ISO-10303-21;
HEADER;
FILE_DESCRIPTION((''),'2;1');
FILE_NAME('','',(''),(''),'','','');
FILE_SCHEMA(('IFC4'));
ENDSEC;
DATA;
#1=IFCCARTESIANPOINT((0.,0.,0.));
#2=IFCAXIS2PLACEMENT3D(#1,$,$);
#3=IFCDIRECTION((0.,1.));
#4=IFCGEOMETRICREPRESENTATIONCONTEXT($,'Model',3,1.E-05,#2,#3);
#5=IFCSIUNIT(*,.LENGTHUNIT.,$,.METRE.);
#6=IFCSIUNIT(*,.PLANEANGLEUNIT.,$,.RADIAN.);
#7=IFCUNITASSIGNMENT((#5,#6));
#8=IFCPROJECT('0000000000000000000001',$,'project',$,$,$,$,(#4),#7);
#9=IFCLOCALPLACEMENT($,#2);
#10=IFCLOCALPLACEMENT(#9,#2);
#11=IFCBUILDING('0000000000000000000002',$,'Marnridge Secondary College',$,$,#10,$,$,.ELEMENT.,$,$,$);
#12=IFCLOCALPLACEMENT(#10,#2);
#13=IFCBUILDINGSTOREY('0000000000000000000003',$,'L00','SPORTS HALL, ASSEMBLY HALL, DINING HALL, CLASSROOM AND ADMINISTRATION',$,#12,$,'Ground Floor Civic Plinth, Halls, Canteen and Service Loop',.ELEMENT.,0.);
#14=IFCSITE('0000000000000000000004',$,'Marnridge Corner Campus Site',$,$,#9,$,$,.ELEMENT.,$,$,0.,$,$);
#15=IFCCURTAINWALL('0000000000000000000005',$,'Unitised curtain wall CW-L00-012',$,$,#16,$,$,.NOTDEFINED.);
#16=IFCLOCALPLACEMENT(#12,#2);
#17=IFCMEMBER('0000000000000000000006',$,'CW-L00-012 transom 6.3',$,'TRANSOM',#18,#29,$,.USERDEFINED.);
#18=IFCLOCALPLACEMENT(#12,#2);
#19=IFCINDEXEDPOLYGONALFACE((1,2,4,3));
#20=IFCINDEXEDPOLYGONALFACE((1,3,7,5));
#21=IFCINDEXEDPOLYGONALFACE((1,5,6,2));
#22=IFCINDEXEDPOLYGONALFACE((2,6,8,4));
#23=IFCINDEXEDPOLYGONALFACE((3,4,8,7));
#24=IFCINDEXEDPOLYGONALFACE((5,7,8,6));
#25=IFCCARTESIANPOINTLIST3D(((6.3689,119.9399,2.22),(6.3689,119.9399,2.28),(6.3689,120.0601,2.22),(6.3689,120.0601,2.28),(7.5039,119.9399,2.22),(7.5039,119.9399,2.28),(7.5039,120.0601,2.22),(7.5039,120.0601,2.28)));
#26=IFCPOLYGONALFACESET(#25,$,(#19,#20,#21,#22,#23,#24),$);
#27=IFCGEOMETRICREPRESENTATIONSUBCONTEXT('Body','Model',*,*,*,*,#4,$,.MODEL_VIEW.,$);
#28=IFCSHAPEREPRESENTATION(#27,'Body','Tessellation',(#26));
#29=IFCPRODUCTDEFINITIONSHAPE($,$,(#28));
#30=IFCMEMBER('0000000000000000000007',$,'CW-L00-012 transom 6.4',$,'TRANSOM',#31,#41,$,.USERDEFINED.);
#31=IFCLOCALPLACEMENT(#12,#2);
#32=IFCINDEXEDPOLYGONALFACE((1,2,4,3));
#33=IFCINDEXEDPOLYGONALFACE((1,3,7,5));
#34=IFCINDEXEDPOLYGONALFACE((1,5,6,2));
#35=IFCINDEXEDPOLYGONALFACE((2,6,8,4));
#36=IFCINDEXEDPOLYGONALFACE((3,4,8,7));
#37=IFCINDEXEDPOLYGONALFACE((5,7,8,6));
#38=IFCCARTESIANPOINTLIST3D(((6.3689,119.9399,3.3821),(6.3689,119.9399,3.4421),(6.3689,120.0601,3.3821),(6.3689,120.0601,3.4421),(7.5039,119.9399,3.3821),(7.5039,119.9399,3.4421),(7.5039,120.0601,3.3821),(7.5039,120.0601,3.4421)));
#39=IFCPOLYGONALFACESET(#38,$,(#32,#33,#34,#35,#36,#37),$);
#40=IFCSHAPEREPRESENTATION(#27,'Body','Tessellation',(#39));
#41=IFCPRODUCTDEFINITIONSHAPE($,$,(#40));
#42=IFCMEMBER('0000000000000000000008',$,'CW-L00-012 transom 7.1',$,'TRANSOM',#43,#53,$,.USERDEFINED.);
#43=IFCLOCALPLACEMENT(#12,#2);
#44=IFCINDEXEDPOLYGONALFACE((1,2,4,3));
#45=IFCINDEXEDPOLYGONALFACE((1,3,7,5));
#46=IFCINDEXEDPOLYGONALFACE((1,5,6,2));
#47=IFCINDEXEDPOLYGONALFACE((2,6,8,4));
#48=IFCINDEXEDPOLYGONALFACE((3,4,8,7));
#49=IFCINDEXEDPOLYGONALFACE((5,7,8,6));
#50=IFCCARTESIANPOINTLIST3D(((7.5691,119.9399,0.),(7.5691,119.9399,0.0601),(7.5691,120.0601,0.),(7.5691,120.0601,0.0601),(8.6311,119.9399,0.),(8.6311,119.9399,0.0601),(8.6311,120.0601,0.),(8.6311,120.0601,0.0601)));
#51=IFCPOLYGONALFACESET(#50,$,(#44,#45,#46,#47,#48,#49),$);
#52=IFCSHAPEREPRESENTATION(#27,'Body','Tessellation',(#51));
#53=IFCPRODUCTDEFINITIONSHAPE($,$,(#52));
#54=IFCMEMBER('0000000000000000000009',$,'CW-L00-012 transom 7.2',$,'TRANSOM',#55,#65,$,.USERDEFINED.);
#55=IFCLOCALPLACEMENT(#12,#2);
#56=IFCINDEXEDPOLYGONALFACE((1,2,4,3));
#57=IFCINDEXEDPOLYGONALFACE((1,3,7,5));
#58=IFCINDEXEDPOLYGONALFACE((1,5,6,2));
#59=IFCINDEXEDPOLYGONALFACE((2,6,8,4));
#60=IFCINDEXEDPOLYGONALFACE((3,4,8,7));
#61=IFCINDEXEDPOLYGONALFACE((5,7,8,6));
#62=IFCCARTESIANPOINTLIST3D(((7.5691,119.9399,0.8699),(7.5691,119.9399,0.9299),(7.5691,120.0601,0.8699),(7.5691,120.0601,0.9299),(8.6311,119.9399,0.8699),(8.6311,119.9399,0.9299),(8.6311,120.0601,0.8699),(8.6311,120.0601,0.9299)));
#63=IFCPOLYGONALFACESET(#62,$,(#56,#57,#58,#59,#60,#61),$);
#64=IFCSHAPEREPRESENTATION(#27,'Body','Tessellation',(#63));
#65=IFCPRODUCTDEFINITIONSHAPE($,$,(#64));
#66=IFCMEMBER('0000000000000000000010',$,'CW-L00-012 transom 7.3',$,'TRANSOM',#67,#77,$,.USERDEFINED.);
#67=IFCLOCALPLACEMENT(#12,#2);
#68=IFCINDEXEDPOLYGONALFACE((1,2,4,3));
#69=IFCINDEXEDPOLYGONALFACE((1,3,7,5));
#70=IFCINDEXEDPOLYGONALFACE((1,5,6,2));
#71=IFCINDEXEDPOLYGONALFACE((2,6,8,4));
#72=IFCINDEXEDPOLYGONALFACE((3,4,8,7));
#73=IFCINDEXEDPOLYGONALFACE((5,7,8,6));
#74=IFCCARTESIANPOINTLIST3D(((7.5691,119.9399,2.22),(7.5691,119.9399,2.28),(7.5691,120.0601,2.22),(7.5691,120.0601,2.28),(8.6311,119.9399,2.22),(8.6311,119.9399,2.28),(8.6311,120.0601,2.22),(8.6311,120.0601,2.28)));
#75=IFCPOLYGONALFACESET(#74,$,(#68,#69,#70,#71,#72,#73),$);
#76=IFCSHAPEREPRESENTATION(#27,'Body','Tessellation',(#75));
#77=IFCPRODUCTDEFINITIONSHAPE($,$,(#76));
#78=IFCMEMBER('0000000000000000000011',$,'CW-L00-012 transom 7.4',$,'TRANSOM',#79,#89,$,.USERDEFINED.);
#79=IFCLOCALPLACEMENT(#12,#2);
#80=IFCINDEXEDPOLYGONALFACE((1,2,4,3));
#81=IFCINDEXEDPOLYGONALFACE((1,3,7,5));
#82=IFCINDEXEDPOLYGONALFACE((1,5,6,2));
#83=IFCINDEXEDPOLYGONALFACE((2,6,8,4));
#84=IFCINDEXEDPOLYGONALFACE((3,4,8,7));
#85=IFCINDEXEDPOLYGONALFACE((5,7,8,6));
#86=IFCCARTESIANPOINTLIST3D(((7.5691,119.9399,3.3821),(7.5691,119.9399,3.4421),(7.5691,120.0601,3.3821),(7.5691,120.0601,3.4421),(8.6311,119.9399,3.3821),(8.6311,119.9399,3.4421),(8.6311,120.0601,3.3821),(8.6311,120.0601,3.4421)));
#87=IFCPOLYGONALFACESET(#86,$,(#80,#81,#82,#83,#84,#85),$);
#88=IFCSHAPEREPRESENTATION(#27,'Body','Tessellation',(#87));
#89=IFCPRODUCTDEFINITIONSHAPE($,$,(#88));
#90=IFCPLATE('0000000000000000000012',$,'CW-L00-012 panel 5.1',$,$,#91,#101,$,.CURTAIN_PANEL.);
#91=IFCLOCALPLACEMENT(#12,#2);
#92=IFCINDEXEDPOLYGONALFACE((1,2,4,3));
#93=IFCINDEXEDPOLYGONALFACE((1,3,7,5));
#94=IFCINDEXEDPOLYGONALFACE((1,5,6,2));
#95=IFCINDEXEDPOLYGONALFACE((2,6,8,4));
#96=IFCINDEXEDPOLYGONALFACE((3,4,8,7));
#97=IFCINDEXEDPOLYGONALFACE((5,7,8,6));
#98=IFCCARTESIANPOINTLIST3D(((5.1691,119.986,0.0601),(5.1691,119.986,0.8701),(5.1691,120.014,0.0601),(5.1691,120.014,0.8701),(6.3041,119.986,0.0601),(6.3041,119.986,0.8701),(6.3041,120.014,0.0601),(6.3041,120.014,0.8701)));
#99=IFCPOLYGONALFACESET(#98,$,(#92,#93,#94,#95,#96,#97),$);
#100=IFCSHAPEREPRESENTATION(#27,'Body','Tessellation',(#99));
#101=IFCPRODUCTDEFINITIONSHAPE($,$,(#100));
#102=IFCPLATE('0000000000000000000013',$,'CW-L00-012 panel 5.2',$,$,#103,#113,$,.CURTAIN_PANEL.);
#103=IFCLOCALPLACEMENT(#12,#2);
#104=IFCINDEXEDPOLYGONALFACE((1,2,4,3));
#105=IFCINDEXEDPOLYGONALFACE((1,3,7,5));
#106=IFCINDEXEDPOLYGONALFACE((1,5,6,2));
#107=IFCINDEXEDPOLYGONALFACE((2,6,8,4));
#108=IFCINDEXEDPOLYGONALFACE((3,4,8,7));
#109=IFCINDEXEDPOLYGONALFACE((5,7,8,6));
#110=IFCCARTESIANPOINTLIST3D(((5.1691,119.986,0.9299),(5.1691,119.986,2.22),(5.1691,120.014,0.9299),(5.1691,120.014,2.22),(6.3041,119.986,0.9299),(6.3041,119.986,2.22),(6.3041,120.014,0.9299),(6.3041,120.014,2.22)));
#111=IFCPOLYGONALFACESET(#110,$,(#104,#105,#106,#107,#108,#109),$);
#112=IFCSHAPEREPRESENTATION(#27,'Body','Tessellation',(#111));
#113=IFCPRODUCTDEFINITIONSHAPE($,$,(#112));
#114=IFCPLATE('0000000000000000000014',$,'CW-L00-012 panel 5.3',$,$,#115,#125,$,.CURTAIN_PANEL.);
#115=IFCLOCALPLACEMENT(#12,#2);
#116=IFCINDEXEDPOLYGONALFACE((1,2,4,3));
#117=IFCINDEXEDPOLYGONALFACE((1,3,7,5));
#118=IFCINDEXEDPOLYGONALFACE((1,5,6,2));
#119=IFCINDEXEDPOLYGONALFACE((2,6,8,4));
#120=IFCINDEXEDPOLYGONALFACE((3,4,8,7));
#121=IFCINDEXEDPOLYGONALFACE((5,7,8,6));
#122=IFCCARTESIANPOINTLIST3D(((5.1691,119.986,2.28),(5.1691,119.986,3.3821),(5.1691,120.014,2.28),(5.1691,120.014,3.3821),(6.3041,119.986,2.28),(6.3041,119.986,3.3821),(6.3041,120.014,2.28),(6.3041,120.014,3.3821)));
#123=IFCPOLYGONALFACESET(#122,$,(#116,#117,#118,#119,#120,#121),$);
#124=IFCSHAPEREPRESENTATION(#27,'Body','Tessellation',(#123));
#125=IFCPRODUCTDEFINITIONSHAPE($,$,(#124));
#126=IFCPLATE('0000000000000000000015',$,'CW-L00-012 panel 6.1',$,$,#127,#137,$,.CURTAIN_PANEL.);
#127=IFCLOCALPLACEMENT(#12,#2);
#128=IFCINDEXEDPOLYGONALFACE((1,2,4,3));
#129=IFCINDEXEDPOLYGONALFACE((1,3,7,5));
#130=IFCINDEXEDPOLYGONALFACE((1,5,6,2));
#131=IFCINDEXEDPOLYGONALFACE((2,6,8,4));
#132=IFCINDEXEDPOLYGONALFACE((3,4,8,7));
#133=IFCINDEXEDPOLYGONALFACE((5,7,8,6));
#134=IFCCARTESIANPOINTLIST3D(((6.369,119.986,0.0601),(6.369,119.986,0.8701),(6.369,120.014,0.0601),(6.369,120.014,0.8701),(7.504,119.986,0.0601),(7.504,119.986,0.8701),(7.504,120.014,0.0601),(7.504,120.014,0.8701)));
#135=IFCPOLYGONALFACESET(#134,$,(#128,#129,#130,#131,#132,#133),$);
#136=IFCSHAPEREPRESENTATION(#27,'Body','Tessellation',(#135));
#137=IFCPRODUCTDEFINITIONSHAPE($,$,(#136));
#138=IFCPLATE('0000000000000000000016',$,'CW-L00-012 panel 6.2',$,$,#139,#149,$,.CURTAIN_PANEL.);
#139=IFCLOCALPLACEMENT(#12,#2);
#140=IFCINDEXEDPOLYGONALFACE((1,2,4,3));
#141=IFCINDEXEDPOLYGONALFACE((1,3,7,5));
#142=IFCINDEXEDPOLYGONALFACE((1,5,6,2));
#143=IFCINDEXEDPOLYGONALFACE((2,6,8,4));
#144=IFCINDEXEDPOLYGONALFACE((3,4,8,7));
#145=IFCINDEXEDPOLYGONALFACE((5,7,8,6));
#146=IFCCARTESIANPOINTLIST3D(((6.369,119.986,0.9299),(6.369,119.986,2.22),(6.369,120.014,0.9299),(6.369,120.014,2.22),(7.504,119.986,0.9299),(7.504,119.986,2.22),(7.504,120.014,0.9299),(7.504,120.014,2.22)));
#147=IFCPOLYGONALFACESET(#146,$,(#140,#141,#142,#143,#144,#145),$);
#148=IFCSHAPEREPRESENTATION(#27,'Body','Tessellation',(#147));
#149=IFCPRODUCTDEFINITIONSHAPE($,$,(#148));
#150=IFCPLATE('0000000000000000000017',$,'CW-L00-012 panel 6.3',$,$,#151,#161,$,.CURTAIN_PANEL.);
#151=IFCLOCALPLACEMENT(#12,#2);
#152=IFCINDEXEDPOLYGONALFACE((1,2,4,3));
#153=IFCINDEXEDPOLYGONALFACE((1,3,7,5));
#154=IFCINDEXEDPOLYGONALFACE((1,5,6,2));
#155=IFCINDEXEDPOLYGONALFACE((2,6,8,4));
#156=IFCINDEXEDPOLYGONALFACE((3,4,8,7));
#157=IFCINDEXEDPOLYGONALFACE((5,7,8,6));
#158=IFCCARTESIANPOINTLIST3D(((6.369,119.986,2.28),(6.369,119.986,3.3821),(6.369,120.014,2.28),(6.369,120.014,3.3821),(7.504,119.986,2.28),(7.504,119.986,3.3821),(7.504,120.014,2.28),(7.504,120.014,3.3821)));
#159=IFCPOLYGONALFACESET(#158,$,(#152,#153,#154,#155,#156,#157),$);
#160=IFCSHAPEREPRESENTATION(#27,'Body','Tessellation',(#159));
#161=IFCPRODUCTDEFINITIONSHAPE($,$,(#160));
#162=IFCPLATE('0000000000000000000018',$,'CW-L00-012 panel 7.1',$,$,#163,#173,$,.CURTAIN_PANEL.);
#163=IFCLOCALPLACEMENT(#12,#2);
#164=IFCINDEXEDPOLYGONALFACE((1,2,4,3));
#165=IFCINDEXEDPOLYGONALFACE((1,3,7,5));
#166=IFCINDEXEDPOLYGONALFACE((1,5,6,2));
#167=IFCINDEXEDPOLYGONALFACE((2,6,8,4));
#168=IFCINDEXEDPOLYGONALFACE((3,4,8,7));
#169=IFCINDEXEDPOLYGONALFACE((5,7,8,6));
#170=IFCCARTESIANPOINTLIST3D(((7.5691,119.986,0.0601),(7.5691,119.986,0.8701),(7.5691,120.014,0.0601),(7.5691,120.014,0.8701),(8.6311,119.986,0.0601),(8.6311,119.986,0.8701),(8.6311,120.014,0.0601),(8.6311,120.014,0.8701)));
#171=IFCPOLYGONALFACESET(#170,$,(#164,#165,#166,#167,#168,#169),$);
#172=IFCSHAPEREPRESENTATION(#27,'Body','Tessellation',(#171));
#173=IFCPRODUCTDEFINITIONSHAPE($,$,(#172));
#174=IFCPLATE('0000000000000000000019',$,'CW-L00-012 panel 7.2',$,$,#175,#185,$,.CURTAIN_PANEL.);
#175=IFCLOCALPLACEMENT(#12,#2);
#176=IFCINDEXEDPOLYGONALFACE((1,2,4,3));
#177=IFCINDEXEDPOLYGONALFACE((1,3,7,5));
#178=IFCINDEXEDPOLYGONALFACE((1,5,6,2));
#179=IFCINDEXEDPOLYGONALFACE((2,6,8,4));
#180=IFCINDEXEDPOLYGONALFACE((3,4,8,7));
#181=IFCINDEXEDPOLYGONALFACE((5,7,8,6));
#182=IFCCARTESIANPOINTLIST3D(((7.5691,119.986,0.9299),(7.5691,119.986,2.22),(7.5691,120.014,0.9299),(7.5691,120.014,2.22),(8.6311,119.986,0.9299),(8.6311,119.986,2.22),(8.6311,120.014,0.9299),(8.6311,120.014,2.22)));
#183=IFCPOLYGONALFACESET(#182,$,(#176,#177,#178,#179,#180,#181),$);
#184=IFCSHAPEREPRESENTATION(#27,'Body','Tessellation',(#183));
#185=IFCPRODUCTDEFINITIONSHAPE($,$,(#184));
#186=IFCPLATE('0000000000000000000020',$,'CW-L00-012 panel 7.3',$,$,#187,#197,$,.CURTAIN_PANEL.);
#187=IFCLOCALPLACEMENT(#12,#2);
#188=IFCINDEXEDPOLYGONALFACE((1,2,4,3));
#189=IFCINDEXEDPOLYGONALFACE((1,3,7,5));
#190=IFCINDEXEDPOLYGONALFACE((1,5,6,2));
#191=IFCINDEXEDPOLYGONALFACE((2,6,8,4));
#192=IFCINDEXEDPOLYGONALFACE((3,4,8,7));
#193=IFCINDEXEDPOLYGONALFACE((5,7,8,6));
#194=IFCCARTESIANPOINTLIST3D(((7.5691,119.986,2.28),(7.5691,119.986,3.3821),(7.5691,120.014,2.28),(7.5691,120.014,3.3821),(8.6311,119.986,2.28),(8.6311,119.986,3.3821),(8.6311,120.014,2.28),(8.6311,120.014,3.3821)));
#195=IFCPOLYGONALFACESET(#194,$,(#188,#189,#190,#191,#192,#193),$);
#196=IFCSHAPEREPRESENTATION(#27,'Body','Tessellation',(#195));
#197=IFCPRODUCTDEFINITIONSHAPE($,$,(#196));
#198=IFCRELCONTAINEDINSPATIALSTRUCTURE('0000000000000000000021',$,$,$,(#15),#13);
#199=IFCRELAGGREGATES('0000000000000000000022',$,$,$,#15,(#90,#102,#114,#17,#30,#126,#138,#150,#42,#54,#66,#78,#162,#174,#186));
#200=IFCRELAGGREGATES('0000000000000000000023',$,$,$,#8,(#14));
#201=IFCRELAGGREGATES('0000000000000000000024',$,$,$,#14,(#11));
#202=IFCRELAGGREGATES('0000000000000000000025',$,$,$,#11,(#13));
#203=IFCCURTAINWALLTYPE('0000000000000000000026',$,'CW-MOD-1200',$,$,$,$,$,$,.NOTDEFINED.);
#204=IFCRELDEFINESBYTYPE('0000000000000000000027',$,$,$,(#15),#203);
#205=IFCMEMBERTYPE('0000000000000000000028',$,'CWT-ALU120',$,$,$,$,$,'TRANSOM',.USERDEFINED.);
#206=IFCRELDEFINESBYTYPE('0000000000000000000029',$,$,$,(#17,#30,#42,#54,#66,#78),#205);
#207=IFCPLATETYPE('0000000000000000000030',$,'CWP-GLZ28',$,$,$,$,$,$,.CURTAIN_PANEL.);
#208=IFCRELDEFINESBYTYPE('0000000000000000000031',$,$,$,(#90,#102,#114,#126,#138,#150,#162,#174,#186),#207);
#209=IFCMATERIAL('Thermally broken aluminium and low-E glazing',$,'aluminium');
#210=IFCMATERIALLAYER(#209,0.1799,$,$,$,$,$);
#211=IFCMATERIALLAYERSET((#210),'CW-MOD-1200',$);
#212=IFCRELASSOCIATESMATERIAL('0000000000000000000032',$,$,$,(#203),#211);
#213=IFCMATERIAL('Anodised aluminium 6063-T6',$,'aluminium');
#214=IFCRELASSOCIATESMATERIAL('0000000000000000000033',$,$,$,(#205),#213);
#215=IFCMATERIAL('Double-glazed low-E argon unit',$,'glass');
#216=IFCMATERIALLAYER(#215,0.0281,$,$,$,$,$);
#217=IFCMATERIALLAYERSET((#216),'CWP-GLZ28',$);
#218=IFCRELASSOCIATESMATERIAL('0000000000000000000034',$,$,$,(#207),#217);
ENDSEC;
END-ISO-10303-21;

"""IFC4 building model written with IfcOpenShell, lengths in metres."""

from ifc_helpers import new_model, si_unit, direction, frame, origin, origin_2d, place, context, subcontext, project, spatial, rectangle, extrude, material, layer, layer_set, material_profile, profile_set, type_object, element, aggregate, save


model = new_model("IFC4")

# Units and contexts
model_context = context("Model", 3, precision=1e-05, world=origin(), true_north=direction((0.0, 1.0)))
body_context = subcontext(model_context, "Body", "Model", "MODEL_VIEW")
ifc_project = project(units=[si_unit("LENGTHUNIT", "METRE"), si_unit("PLANEANGLEUNIT", "RADIAN")], contexts=[model_context])

# Site, building, storey
site_placement = place(None, origin())
site = spatial("IfcSite", under=ifc_project, at=site_placement, Name="Marnridge Corner Campus Site", CompositionType="ELEMENT", RefElevation=0.0)
building_placement = place(site_placement, origin())
building = spatial("IfcBuilding", under=site, at=building_placement, Name="Marnridge Secondary College", CompositionType="ELEMENT")
storey_placement = place(building_placement, origin())
storey = spatial("IfcBuildingStorey", under=building, at=storey_placement, Name="L00", Description="SPORTS HALL, ASSEMBLY HALL, DINING HALL, CLASSROOM AND ADMINISTRATION", LongName="Ground Floor Civic Plinth, Halls, Canteen and Service Loop", CompositionType="ELEMENT", Elevation=0.0)

# Curtain wall, members, plates
ifc_material_1 = material(Name="Thermally broken aluminium and low-E glazing", Category="aluminium")
ifc_layer_1 = layer(ifc_material_1, 0.1799)
ifc_layer_set_1 = layer_set([ifc_layer_1], Name="CW-MOD-1200")
curtain_wall_type = type_object("IfcCurtainWallType", Name="CW-MOD-1200", PredefinedType="NOTDEFINED", material=ifc_layer_set_1)
curtain_wall_placement = place(storey_placement, origin())
curtain_wall = element("IfcCurtainWall", 1, at=curtain_wall_placement, inside=storey, type_object=curtain_wall_type, Name="Unitised curtain wall CW-L00-012", PredefinedType="NOTDEFINED")
ifc_material_2 = material(Name="Anodised aluminium 6063-T6", Category="aluminium")
ifc_material_profile_1 = material_profile(ifc_material_2, rectangle(XDim=0.0601, YDim=0.1201, at=origin_2d()), Name="ALU 60x120")
ifc_profile_set_1 = profile_set([ifc_material_profile_1], Name="Anodised aluminium 6063-T6")
member_type_1 = type_object("IfcMemberType", Name="CWT-ALU120", ElementType="TRANSOM", PredefinedType="USERDEFINED", material=ifc_profile_set_1)
member_1_placement = place(storey_placement, frame((6.3689, 120.0, 2.25), z_axis=(1.0, 0.0, 0.0), x_axis=(0.0, 0.0, 1.0)))
member_1 = element("IfcMember", 2, at=member_1_placement, type_object=member_type_1, Name="CW-L00-012 transom 6.3", ObjectType="TRANSOM", PredefinedType="USERDEFINED", context=body_context, shape_type="SweptSolid", body=[
    extrude(rectangle(XDim=0.0601, YDim=0.1201, at=origin_2d()), origin(), (0.0, 0.0, 1.0), 1.135),
])
member_2_placement = place(storey_placement, frame((6.3689, 120.0, 3.4121), z_axis=(1.0, 0.0, 0.0), x_axis=(0.0, 0.0, 1.0)))
member_2 = element("IfcMember", 3, at=member_2_placement, type_object=member_type_1, Name="CW-L00-012 transom 6.4", ObjectType="TRANSOM", PredefinedType="USERDEFINED", context=body_context, shape_type="SweptSolid", body=[
    extrude(rectangle(XDim=0.0601, YDim=0.1201, at=origin_2d()), origin(), (0.0, 0.0, 1.0), 1.135),
])
member_3_placement = place(storey_placement, frame((7.5691, 120.0, 0.03), z_axis=(1.0, 0.0, 0.0), x_axis=(0.0, 0.0, 1.0)))
member_3 = element("IfcMember", 4, at=member_3_placement, type_object=member_type_1, Name="CW-L00-012 transom 7.1", ObjectType="TRANSOM", PredefinedType="USERDEFINED", context=body_context, shape_type="SweptSolid", body=[
    extrude(rectangle(XDim=0.0601, YDim=0.1201, at=origin_2d()), origin(), (0.0, 0.0, 1.0), 1.062),
])
member_4_placement = place(storey_placement, frame((7.5691, 120.0, 0.8999), z_axis=(1.0, 0.0, 0.0), x_axis=(0.0, 0.0, 1.0)))
member_4 = element("IfcMember", 5, at=member_4_placement, type_object=member_type_1, Name="CW-L00-012 transom 7.2", ObjectType="TRANSOM", PredefinedType="USERDEFINED", context=body_context, shape_type="SweptSolid", body=[
    extrude(rectangle(XDim=0.0601, YDim=0.1201, at=origin_2d()), origin(), (0.0, 0.0, 1.0), 1.062),
])
member_5_placement = place(storey_placement, frame((7.5691, 120.0, 2.25), z_axis=(1.0, 0.0, 0.0), x_axis=(0.0, 0.0, 1.0)))
member_5 = element("IfcMember", 6, at=member_5_placement, type_object=member_type_1, Name="CW-L00-012 transom 7.3", ObjectType="TRANSOM", PredefinedType="USERDEFINED", context=body_context, shape_type="SweptSolid", body=[
    extrude(rectangle(XDim=0.0601, YDim=0.1201, at=origin_2d()), origin(), (0.0, 0.0, 1.0), 1.062),
])
member_6_placement = place(storey_placement, frame((7.5691, 120.0, 3.4121), z_axis=(1.0, 0.0, 0.0), x_axis=(0.0, 0.0, 1.0)))
member_6 = element("IfcMember", 7, at=member_6_placement, type_object=member_type_1, Name="CW-L00-012 transom 7.4", ObjectType="TRANSOM", PredefinedType="USERDEFINED", context=body_context, shape_type="SweptSolid", body=[
    extrude(rectangle(XDim=0.0601, YDim=0.1201, at=origin_2d()), origin(), (0.0, 0.0, 1.0), 1.062),
])
ifc_material_3 = material(Name="Double-glazed low-E argon unit", Category="glass")
ifc_layer_2 = layer(ifc_material_3, 0.0281)
ifc_layer_set_2 = layer_set([ifc_layer_2], Name="CWP-GLZ28")
plate_type = type_object("IfcPlateType", Name="CWP-GLZ28", PredefinedType="CURTAIN_PANEL", material=ifc_layer_set_2)
plate_1_placement = place(storey_placement, frame((5.7366, 120.0, 0.0601), z_axis=(0.0, 0.0, 1.0), x_axis=(1.0, 0.0, 0.0)))
plate_1 = element("IfcPlate", 8, at=plate_1_placement, type_object=plate_type, Name="CW-L00-012 panel 5.1", PredefinedType="CURTAIN_PANEL", context=body_context, shape_type="SweptSolid", body=[
    extrude(rectangle(XDim=1.135, YDim=0.0281, at=origin_2d()), origin(), (0.0, 0.0, 1.0), 0.8101),
])
plate_2_placement = place(storey_placement, frame((5.7366, 120.0, 0.9299), z_axis=(0.0, 0.0, 1.0), x_axis=(1.0, 0.0, 0.0)))
plate_2 = element("IfcPlate", 9, at=plate_2_placement, type_object=plate_type, Name="CW-L00-012 panel 5.2", PredefinedType="CURTAIN_PANEL", context=body_context, shape_type="SweptSolid", body=[
    extrude(rectangle(XDim=1.135, YDim=0.0281, at=origin_2d()), origin(), (0.0, 0.0, 1.0), 1.29),
])
plate_3_placement = place(storey_placement, frame((5.7366, 120.0, 2.28), z_axis=(0.0, 0.0, 1.0), x_axis=(1.0, 0.0, 0.0)))
plate_3 = element("IfcPlate", 10, at=plate_3_placement, type_object=plate_type, Name="CW-L00-012 panel 5.3", PredefinedType="CURTAIN_PANEL", context=body_context, shape_type="SweptSolid", body=[
    extrude(rectangle(XDim=1.135, YDim=0.0281, at=origin_2d()), origin(), (0.0, 0.0, 1.0), 1.1021),
])
plate_4_placement = place(storey_placement, frame((6.9365, 120.0, 0.0601), z_axis=(0.0, 0.0, 1.0), x_axis=(1.0, 0.0, 0.0)))
plate_4 = element("IfcPlate", 11, at=plate_4_placement, type_object=plate_type, Name="CW-L00-012 panel 6.1", PredefinedType="CURTAIN_PANEL", context=body_context, shape_type="SweptSolid", body=[
    extrude(rectangle(XDim=1.135, YDim=0.0281, at=origin_2d()), origin(), (0.0, 0.0, 1.0), 0.8101),
])
plate_5_placement = place(storey_placement, frame((6.9365, 120.0, 0.9299), z_axis=(0.0, 0.0, 1.0), x_axis=(1.0, 0.0, 0.0)))
plate_5 = element("IfcPlate", 12, at=plate_5_placement, type_object=plate_type, Name="CW-L00-012 panel 6.2", PredefinedType="CURTAIN_PANEL", context=body_context, shape_type="SweptSolid", body=[
    extrude(rectangle(XDim=1.135, YDim=0.0281, at=origin_2d()), origin(), (0.0, 0.0, 1.0), 1.29),
])
plate_6_placement = place(storey_placement, frame((6.9365, 120.0, 2.28), z_axis=(0.0, 0.0, 1.0), x_axis=(1.0, 0.0, 0.0)))
plate_6 = element("IfcPlate", 13, at=plate_6_placement, type_object=plate_type, Name="CW-L00-012 panel 6.3", PredefinedType="CURTAIN_PANEL", context=body_context, shape_type="SweptSolid", body=[
    extrude(rectangle(XDim=1.135, YDim=0.0281, at=origin_2d()), origin(), (0.0, 0.0, 1.0), 1.1021),
])
plate_7_placement = place(storey_placement, frame((8.1001, 120.0, 0.0601), z_axis=(0.0, 0.0, 1.0), x_axis=(1.0, 0.0, 0.0)))
plate_7 = element("IfcPlate", 14, at=plate_7_placement, type_object=plate_type, Name="CW-L00-012 panel 7.1", PredefinedType="CURTAIN_PANEL", context=body_context, shape_type="SweptSolid", body=[
    extrude(rectangle(XDim=1.062, YDim=0.0281, at=origin_2d()), origin(), (0.0, 0.0, 1.0), 0.8101),
])
plate_8_placement = place(storey_placement, frame((8.1001, 120.0, 0.9299), z_axis=(0.0, 0.0, 1.0), x_axis=(1.0, 0.0, 0.0)))
plate_8 = element("IfcPlate", 15, at=plate_8_placement, type_object=plate_type, Name="CW-L00-012 panel 7.2", PredefinedType="CURTAIN_PANEL", context=body_context, shape_type="SweptSolid", body=[
    extrude(rectangle(XDim=1.062, YDim=0.0281, at=origin_2d()), origin(), (0.0, 0.0, 1.0), 1.29),
])
plate_9_placement = place(storey_placement, frame((8.1001, 120.0, 2.28), z_axis=(0.0, 0.0, 1.0), x_axis=(1.0, 0.0, 0.0)))
plate_9 = element("IfcPlate", 16, at=plate_9_placement, type_object=plate_type, Name="CW-L00-012 panel 7.3", PredefinedType="CURTAIN_PANEL", context=body_context, shape_type="SweptSolid", body=[
    extrude(rectangle(XDim=1.062, YDim=0.0281, at=origin_2d()), origin(), (0.0, 0.0, 1.0), 1.1021),
])
aggregate(curtain_wall, [plate_1, plate_2, plate_3, member_1, member_2, plate_4, plate_5, plate_6, member_3, member_4, member_5, member_6, plate_7, plate_8, plate_9])

save(model, "model.ifc")
